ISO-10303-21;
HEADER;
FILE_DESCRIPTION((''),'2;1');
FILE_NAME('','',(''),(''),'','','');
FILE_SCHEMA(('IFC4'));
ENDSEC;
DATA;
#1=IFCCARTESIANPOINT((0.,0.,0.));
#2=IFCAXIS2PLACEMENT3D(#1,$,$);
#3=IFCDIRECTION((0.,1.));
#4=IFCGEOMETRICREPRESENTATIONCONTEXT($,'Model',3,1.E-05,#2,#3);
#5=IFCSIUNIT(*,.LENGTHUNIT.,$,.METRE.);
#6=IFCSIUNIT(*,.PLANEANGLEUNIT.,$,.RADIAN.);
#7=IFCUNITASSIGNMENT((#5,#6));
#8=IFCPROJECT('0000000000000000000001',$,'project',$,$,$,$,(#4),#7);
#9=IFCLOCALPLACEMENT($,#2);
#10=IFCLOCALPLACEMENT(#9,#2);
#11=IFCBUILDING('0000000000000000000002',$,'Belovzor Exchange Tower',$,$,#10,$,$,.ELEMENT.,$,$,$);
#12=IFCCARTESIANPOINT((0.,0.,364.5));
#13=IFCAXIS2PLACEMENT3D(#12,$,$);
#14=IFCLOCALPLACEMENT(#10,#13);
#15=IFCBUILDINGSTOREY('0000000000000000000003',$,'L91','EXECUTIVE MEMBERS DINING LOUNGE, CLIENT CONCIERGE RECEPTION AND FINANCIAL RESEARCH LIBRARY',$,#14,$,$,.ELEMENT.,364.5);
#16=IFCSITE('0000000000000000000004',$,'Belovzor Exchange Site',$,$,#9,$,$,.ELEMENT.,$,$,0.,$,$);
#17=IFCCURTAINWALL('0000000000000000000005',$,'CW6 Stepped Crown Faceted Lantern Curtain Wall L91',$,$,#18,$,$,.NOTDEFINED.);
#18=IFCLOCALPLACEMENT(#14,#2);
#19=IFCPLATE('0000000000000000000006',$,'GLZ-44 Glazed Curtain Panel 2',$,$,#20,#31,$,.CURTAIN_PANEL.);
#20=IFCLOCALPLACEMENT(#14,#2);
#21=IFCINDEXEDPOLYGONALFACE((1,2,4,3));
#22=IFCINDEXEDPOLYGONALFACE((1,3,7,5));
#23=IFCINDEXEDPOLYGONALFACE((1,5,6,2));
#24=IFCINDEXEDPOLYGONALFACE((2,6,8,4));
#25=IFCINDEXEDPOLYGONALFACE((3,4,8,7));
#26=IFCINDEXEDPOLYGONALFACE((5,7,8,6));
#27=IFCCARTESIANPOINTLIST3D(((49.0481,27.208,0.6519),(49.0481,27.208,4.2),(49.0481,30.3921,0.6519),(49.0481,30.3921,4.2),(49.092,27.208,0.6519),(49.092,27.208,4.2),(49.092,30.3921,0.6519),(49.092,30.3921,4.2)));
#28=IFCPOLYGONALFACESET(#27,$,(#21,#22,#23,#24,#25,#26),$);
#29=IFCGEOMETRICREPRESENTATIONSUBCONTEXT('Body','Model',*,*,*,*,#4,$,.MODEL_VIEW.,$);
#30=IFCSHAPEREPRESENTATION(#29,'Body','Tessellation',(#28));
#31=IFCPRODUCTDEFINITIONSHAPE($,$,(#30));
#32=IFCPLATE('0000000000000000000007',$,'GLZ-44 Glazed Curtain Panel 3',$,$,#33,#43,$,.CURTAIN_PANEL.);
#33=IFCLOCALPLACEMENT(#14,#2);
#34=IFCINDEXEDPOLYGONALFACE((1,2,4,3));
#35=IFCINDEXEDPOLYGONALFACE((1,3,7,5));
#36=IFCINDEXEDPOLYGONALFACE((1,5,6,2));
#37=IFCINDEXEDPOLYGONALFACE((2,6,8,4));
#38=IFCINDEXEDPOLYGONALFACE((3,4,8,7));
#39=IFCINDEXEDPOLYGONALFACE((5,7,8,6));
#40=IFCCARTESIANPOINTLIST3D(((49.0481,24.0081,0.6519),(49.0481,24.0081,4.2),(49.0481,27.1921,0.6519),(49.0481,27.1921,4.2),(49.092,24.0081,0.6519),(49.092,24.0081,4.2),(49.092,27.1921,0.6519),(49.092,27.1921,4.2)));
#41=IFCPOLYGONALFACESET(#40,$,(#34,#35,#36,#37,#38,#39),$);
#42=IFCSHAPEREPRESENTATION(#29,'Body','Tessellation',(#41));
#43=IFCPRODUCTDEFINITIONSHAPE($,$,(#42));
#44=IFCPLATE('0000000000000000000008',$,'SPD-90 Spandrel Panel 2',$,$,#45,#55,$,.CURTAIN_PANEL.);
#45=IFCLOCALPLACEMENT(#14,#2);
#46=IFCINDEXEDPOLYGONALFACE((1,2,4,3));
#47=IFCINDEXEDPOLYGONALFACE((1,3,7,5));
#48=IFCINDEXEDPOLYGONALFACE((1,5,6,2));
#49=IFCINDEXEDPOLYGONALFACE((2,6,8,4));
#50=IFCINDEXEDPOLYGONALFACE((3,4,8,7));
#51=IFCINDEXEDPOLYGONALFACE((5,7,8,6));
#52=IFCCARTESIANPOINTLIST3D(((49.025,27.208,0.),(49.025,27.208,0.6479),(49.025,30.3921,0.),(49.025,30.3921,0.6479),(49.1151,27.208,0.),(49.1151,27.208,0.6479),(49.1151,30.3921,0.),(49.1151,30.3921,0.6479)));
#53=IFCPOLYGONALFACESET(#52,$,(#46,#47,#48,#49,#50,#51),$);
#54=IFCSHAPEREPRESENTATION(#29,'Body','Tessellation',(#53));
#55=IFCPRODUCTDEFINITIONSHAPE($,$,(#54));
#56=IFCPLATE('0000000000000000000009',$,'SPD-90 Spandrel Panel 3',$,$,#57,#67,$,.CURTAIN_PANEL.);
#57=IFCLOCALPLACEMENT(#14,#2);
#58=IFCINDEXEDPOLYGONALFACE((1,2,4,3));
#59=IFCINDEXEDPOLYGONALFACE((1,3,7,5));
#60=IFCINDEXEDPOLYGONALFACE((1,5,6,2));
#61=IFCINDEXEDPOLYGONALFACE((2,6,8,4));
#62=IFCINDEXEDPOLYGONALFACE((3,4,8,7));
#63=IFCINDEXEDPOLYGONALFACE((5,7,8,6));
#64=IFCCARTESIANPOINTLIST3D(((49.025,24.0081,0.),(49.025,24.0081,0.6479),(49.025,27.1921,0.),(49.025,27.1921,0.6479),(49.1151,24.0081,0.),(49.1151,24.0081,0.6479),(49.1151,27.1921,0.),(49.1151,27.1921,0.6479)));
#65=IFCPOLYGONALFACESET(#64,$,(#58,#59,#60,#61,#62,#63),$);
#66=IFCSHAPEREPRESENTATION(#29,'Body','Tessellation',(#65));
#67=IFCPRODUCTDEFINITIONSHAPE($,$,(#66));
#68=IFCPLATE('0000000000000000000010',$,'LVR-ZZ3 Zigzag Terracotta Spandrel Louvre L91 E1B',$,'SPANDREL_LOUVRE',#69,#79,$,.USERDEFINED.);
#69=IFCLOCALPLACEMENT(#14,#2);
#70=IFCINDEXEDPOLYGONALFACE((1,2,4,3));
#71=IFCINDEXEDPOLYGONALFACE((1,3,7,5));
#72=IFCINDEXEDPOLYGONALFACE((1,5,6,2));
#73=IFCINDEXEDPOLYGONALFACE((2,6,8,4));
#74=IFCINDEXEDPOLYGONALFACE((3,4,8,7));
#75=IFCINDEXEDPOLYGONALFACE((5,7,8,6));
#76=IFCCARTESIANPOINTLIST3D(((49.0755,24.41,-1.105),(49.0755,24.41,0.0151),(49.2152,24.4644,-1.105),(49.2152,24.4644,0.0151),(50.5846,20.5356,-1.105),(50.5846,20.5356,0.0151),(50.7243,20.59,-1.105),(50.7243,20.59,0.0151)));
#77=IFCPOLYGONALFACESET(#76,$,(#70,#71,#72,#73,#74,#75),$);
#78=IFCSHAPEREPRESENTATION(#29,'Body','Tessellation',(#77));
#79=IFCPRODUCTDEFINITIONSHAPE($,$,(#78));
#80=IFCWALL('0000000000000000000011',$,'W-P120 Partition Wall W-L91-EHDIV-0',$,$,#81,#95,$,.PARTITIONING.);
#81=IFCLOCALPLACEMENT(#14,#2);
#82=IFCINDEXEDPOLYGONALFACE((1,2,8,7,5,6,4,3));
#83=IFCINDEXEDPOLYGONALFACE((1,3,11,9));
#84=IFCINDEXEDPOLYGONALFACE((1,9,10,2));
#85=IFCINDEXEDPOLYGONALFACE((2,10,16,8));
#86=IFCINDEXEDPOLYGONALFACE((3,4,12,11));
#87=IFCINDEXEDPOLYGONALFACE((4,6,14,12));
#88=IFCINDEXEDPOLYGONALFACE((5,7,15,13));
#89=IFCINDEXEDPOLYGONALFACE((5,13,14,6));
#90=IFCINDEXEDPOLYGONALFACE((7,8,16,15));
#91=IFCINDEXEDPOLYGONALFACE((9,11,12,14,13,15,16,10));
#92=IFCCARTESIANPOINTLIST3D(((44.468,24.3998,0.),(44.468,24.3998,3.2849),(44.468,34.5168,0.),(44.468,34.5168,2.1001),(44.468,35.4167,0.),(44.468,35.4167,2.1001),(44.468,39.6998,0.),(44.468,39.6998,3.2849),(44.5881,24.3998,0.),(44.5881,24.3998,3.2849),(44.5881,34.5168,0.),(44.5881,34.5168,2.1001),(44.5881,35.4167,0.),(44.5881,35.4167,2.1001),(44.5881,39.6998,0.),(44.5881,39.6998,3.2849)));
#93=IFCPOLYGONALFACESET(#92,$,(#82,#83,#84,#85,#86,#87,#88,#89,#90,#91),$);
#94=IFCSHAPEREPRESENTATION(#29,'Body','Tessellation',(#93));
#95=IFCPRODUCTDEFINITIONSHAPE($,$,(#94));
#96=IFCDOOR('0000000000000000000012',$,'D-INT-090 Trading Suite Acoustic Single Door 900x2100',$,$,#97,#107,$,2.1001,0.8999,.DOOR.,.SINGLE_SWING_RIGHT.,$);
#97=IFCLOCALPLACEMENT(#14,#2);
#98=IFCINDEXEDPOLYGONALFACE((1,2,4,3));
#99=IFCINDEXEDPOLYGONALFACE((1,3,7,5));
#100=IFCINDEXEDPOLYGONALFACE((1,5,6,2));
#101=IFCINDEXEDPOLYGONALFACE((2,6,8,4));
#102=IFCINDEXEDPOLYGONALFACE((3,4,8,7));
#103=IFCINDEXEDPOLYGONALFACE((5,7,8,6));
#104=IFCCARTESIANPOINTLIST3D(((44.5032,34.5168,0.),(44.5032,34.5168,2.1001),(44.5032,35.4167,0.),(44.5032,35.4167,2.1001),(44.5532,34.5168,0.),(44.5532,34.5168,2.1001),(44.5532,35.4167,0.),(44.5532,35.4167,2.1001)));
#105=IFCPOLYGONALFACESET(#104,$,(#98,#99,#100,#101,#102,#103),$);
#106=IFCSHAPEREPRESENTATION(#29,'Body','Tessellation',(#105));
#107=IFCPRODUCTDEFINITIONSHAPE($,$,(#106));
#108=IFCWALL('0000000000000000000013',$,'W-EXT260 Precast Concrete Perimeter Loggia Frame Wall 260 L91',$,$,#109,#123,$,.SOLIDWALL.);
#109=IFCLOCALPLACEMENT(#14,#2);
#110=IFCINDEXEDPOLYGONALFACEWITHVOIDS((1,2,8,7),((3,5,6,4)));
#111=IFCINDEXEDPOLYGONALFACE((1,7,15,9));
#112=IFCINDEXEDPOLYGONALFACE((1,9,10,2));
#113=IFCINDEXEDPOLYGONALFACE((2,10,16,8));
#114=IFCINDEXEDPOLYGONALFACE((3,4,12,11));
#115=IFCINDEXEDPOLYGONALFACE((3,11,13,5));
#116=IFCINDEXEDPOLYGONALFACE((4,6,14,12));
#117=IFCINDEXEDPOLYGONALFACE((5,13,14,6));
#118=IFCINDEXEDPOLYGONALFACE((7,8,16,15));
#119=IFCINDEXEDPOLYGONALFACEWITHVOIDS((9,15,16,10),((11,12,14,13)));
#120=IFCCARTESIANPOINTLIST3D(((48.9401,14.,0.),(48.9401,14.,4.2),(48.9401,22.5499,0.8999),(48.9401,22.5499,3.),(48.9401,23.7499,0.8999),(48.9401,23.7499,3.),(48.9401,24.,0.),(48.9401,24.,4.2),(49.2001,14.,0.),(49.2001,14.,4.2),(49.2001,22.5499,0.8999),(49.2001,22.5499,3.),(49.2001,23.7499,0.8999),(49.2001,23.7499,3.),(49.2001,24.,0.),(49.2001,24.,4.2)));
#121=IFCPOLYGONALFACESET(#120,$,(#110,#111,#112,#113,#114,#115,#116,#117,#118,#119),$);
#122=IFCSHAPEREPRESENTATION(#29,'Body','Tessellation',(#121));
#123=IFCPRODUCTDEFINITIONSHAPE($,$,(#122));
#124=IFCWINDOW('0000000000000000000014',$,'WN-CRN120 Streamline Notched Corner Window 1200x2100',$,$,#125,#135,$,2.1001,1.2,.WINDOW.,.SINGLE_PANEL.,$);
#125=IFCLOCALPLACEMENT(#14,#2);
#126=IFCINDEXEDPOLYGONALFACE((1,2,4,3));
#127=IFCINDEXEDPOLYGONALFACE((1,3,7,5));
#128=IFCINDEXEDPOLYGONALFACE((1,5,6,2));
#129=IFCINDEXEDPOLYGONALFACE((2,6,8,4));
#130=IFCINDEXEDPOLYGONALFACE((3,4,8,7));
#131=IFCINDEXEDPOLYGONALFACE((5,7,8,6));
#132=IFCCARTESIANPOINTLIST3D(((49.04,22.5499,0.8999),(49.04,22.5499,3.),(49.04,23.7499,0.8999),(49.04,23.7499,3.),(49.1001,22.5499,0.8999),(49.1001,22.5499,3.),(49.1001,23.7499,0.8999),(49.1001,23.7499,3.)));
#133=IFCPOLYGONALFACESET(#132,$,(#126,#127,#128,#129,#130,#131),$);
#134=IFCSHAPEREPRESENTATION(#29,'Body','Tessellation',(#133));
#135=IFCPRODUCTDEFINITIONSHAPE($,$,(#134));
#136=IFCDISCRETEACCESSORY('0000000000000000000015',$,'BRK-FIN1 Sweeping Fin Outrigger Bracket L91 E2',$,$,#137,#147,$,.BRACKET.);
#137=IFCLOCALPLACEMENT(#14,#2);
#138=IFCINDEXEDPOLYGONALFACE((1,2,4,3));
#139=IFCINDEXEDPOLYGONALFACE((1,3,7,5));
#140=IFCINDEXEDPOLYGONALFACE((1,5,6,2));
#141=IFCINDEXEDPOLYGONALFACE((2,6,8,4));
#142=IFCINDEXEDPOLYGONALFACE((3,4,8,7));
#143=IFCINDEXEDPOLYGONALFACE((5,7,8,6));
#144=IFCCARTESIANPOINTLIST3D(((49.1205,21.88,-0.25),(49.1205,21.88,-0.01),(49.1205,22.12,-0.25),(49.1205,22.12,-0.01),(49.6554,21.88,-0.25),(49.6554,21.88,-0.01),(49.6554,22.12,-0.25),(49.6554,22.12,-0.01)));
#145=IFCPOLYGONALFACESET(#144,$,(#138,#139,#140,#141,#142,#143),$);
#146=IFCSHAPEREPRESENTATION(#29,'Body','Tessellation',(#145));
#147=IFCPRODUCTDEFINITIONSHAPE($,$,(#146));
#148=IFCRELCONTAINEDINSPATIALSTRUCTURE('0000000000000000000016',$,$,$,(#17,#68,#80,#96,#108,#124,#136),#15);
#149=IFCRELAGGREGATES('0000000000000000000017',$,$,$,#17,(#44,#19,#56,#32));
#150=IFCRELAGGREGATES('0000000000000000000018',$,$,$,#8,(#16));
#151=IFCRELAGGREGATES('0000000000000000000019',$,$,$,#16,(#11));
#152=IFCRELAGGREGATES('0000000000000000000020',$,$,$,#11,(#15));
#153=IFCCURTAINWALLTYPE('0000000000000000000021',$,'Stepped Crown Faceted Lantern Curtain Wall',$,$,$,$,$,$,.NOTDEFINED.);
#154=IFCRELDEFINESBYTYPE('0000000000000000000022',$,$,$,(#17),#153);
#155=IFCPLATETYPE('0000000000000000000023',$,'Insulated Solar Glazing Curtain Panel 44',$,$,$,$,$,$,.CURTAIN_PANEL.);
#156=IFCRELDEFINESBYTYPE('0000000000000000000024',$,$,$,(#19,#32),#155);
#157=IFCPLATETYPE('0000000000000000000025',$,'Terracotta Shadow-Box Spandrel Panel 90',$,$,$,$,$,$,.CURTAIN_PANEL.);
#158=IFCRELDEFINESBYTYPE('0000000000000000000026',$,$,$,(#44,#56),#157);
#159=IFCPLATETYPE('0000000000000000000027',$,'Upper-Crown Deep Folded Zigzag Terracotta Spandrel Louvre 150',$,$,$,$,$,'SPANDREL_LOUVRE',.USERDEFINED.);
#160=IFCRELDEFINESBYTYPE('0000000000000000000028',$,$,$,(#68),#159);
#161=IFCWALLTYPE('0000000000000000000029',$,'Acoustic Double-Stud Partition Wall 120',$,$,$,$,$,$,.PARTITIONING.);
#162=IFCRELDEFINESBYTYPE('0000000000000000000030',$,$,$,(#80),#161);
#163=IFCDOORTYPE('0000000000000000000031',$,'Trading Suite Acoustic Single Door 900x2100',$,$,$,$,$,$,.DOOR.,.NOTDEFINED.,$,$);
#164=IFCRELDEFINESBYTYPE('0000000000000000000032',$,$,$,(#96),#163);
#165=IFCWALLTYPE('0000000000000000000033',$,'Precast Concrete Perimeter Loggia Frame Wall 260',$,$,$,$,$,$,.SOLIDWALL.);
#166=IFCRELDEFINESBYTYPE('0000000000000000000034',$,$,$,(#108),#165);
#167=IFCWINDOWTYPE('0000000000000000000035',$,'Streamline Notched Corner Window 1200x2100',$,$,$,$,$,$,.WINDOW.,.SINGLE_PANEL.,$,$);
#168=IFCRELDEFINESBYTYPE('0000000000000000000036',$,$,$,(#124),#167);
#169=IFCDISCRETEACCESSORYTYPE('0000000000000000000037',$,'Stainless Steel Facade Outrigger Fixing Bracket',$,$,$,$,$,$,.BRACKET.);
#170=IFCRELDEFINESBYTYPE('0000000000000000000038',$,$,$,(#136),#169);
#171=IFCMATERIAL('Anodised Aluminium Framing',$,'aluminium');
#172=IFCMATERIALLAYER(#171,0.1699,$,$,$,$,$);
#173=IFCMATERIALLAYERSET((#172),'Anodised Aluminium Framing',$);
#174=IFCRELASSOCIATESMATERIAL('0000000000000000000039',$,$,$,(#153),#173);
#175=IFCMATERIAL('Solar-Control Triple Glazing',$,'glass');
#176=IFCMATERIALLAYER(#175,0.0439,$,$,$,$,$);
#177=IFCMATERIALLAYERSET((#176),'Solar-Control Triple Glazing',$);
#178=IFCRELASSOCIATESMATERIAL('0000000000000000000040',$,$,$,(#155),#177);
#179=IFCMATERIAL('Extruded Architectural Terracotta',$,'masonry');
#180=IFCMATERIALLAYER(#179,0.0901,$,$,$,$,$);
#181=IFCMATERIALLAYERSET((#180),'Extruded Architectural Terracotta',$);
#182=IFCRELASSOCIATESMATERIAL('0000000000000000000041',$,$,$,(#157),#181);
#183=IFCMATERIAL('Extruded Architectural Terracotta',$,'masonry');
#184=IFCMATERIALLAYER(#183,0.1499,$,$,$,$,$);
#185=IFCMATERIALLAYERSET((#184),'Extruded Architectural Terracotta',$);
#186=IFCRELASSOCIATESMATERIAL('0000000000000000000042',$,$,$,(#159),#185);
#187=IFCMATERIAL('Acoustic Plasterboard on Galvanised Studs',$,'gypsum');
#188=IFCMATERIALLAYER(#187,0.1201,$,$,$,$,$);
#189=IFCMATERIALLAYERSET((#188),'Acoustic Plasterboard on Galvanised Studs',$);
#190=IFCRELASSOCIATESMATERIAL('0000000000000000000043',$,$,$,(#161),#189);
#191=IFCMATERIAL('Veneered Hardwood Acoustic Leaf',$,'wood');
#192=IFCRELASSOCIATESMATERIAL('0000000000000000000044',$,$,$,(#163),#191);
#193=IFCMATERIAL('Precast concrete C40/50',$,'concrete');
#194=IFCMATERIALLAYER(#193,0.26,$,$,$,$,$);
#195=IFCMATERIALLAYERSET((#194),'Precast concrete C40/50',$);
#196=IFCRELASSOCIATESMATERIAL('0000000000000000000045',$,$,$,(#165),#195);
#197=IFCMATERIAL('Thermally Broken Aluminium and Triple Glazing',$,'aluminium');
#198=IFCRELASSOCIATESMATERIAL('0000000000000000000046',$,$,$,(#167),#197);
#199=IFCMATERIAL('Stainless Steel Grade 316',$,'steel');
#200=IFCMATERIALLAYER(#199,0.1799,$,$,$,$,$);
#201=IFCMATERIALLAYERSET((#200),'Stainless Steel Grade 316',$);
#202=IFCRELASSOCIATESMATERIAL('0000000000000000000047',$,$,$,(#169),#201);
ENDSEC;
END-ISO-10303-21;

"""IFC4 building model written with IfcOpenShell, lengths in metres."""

from ifc_helpers import new_model, si_unit, direction, frame, frame_2d, origin, origin_2d, place, context, subcontext, project, spatial, rectangle, extrude, material, layer, layer_set, type_object, element, fill, aggregate, save


model = new_model("IFC4")

# Units and contexts
model_context = context("Model", 3, precision=1e-05, world=origin(), true_north=direction((0.0, 1.0)))
body_context = subcontext(model_context, "Body", "Model", "MODEL_VIEW")
ifc_project = project(units=[si_unit("LENGTHUNIT", "METRE"), si_unit("PLANEANGLEUNIT", "RADIAN")], contexts=[model_context])

# Site, building, storey
site_placement = place(None, origin())
site = spatial("IfcSite", under=ifc_project, at=site_placement, Name="Belovzor Exchange Site", CompositionType="ELEMENT", RefElevation=0.0)
building_placement = place(site_placement, origin())
building = spatial("IfcBuilding", under=site, at=building_placement, Name="Belovzor Exchange Tower", CompositionType="ELEMENT")
storey_placement = place(building_placement, frame((0.0, 0.0, 364.5)))
storey = spatial("IfcBuildingStorey", under=building, at=storey_placement, Name="L91", Description="EXECUTIVE MEMBERS DINING LOUNGE, CLIENT CONCIERGE RECEPTION AND FINANCIAL RESEARCH LIBRARY", CompositionType="ELEMENT", Elevation=364.5)

# Curtain wall
ifc_material_1 = material(Name="Anodised Aluminium Framing", Category="aluminium")
ifc_layer_1 = layer(ifc_material_1, 0.1699)
ifc_layer_set_1 = layer_set([ifc_layer_1], Name="Anodised Aluminium Framing")
curtain_wall_type = type_object("IfcCurtainWallType", Name="Stepped Crown Faceted Lantern Curtain Wall", PredefinedType="NOTDEFINED", material=ifc_layer_set_1)
curtain_wall_placement = place(storey_placement, origin())
curtain_wall = element("IfcCurtainWall", 1, at=curtain_wall_placement, inside=storey, type_object=curtain_wall_type, Name="CW6 Stepped Crown Faceted Lantern Curtain Wall L91", PredefinedType="NOTDEFINED")

# Plates
ifc_material_2 = material(Name="Solar-Control Triple Glazing", Category="glass")
ifc_layer_2 = layer(ifc_material_2, 0.0439)
ifc_layer_set_2 = layer_set([ifc_layer_2], Name="Solar-Control Triple Glazing")
plate_type_1 = type_object("IfcPlateType", Name="Insulated Solar Glazing Curtain Panel 44", PredefinedType="CURTAIN_PANEL", material=ifc_layer_set_2)
plate_1_placement = place(storey_placement, frame((49.0701, 28.8, 0.6519), z_axis=(0.0, 0.0, 1.0), x_axis=(0.0, -1.0, 0.0)))
plate_1 = element("IfcPlate", 2, at=plate_1_placement, type_object=plate_type_1, Name="GLZ-44 Glazed Curtain Panel 2", PredefinedType="CURTAIN_PANEL", context=body_context, shape_type="SweptSolid", body=[
    extrude(rectangle(XDim=3.1841, YDim=0.0439, at=origin_2d()), origin(), (0.0, 0.0, 1.0), 3.5481),
])
plate_2_placement = place(storey_placement, frame((49.0701, 25.6001, 0.6519), z_axis=(0.0, 0.0, 1.0), x_axis=(0.0, -1.0, 0.0)))
plate_2 = element("IfcPlate", 3, at=plate_2_placement, type_object=plate_type_1, Name="GLZ-44 Glazed Curtain Panel 3", PredefinedType="CURTAIN_PANEL", context=body_context, shape_type="SweptSolid", body=[
    extrude(rectangle(XDim=3.1841, YDim=0.0439, at=origin_2d()), origin(), (0.0, 0.0, 1.0), 3.5481),
])
ifc_material_3 = material(Name="Extruded Architectural Terracotta", Category="masonry")
ifc_layer_3 = layer(ifc_material_3, 0.0901)
ifc_layer_set_3 = layer_set([ifc_layer_3], Name="Extruded Architectural Terracotta")
plate_type_2 = type_object("IfcPlateType", Name="Terracotta Shadow-Box Spandrel Panel 90", PredefinedType="CURTAIN_PANEL", material=ifc_layer_set_3)
plate_3_placement = place(storey_placement, frame((49.0701, 28.8, 0.0), z_axis=(0.0, 0.0, 1.0), x_axis=(0.0, -1.0, 0.0)))
plate_3 = element("IfcPlate", 4, at=plate_3_placement, type_object=plate_type_2, Name="SPD-90 Spandrel Panel 2", PredefinedType="CURTAIN_PANEL", context=body_context, shape_type="SweptSolid", body=[
    extrude(rectangle(XDim=3.1841, YDim=0.0901, at=origin_2d()), origin(), (0.0, 0.0, 1.0), 0.6479),
])
plate_4_placement = place(storey_placement, frame((49.0701, 25.6001, 0.0), z_axis=(0.0, 0.0, 1.0), x_axis=(0.0, -1.0, 0.0)))
plate_4 = element("IfcPlate", 5, at=plate_4_placement, type_object=plate_type_2, Name="SPD-90 Spandrel Panel 3", PredefinedType="CURTAIN_PANEL", context=body_context, shape_type="SweptSolid", body=[
    extrude(rectangle(XDim=3.1841, YDim=0.0901, at=origin_2d()), origin(), (0.0, 0.0, 1.0), 0.6479),
])
aggregate(curtain_wall, [plate_3, plate_1, plate_4, plate_2])
ifc_material_4 = material(Name="Extruded Architectural Terracotta", Category="masonry")
ifc_layer_4 = layer(ifc_material_4, 0.1499)
ifc_layer_set_4 = layer_set([ifc_layer_4], Name="Extruded Architectural Terracotta")
plate_type_3 = type_object("IfcPlateType", Name="Upper-Crown Deep Folded Zigzag Terracotta Spandrel Louvre 150", ElementType="SPANDREL_LOUVRE", PredefinedType="USERDEFINED", material=ifc_layer_set_4)
plate_5_placement = place(storey_placement, frame((49.8999, 22.5, -1.105), z_axis=(0.0, 0.0, 1.0), x_axis=(-0.362926, 0.931818, 0.0)))
element("IfcPlate", 6, at=plate_5_placement, inside=storey, type_object=plate_type_3, Name="LVR-ZZ3 Zigzag Terracotta Spandrel Louvre L91 E1B", ObjectType="SPANDREL_LOUVRE", PredefinedType="USERDEFINED", context=body_context, shape_type="SweptSolid", body=[
    extrude(rectangle(XDim=4.158, YDim=0.1499, at=origin_2d()), origin(), (0.0, 0.0, 1.0), 1.1201),
])

# Wall, opening, door
ifc_material_5 = material(Name="Acoustic Plasterboard on Galvanised Studs", Category="gypsum")
ifc_layer_5 = layer(ifc_material_5, 0.1201)
ifc_layer_set_5 = layer_set([ifc_layer_5], Name="Acoustic Plasterboard on Galvanised Studs")
wall_type_1 = type_object("IfcWallType", Name="Acoustic Double-Stud Partition Wall 120", PredefinedType="PARTITIONING", material=ifc_layer_set_5)
wall_1_placement = place(storey_placement, frame((44.5281, 24.3999, 0.0), z_axis=(0.0, 0.0, 1.0), x_axis=(0.0, 1.0, 0.0)))
wall_1 = element("IfcWall", 7, at=wall_1_placement, inside=storey, type_object=wall_type_1, Name="W-P120 Partition Wall W-L91-EHDIV-0", PredefinedType="PARTITIONING", context=body_context, shape_type="SweptSolid", body=[
    extrude(rectangle(XDim=15.3, YDim=0.1201, at=frame_2d((7.6499, 0.0))), origin(), (0.0, 0.0, 1.0), 3.2849),
])
opening_1_placement = place(wall_1_placement, frame((10.1169, 0.0, 0.0)))
opening_1 = element("IfcOpeningElement", 8, at=opening_1_placement, cuts=wall_1, PredefinedType="OPENING", context=body_context, shape_type="SweptSolid", body=[
    extrude(rectangle(XDim=0.8999, YDim=2.1001, at=frame_2d((0.45, 1.05))), frame((0.0, 0.0701, 0.0), z_axis=(0.0, -1.0, 0.0), x_axis=(1.0, 0.0, 0.0)), (0.0, 0.0, 1.0), 0.1401),
])
ifc_material_6 = material(Name="Veneered Hardwood Acoustic Leaf", Category="wood")
door_type = type_object("IfcDoorType", Name="Trading Suite Acoustic Single Door 900x2100", OperationType="NOTDEFINED", PredefinedType="DOOR", material=ifc_material_6)
door_placement = place(opening_1_placement, origin())
door = element("IfcDoor", 9, at=door_placement, inside=storey, type_object=door_type, Name="D-INT-090 Trading Suite Acoustic Single Door 900x2100", OperationType="SINGLE_SWING_RIGHT", OverallHeight=2.1001, OverallWidth=0.8999, PredefinedType="DOOR", context=body_context, shape_type="SweptSolid", body=[
    extrude(rectangle(XDim=0.8999, YDim=2.1001, at=frame_2d((0.45, 1.05))), frame((0.0, 0.0249, 0.0), z_axis=(0.0, -1.0, 0.0), x_axis=(1.0, 0.0, 0.0)), (0.0, 0.0, 1.0), 0.05),
])
fill(opening_1, door)

# Wall, opening, window
ifc_material_7 = material(Name="Precast concrete C40/50", Category="concrete")
ifc_layer_6 = layer(ifc_material_7, 0.26)
ifc_layer_set_6 = layer_set([ifc_layer_6], Name="Precast concrete C40/50")
wall_type_2 = type_object("IfcWallType", Name="Precast Concrete Perimeter Loggia Frame Wall 260", PredefinedType="SOLIDWALL", material=ifc_layer_set_6)
wall_2_placement = place(storey_placement, frame((49.0701, 24.0, 0.0), z_axis=(0.0, 0.0, 1.0), x_axis=(0.0, -1.0, 0.0)))
wall_2 = element("IfcWall", 10, at=wall_2_placement, inside=storey, type_object=wall_type_2, Name="W-EXT260 Precast Concrete Perimeter Loggia Frame Wall 260 L91", PredefinedType="SOLIDWALL", context=body_context, shape_type="SweptSolid", body=[
    extrude(rectangle(XDim=10.0, YDim=0.26, at=frame_2d((5.0, 0.0))), origin(), (0.0, 0.0, 1.0), 4.2),
])
opening_2_placement = place(wall_2_placement, frame((0.25, 0.0, 0.8999)))
opening_2 = element("IfcOpeningElement", 11, at=opening_2_placement, cuts=wall_2, PredefinedType="OPENING", context=body_context, shape_type="SweptSolid", body=[
    extrude(rectangle(XDim=1.2, YDim=2.1001, at=frame_2d((0.6001, 1.05))), frame((0.0, 0.1399, 0.0), z_axis=(0.0, -1.0, 0.0), x_axis=(1.0, 0.0, 0.0)), (0.0, 0.0, 1.0), 0.28),
])
ifc_material_8 = material(Name="Thermally Broken Aluminium and Triple Glazing", Category="aluminium")
window_type = type_object("IfcWindowType", Name="Streamline Notched Corner Window 1200x2100", PartitioningType="SINGLE_PANEL", PredefinedType="WINDOW", material=ifc_material_8)
window_placement = place(opening_2_placement, origin())
window = element("IfcWindow", 12, at=window_placement, inside=storey, type_object=window_type, Name="WN-CRN120 Streamline Notched Corner Window 1200x2100", OverallHeight=2.1001, OverallWidth=1.2, PartitioningType="SINGLE_PANEL", PredefinedType="WINDOW", context=body_context, shape_type="SweptSolid", body=[
    extrude(rectangle(XDim=1.2, YDim=2.1001, at=frame_2d((0.6001, 1.05))), frame((0.0, 0.03, 0.0), z_axis=(0.0, -1.0, 0.0), x_axis=(1.0, 0.0, 0.0)), (0.0, 0.0, 1.0), 0.0601),
])
fill(opening_2, window)

# Discrete accessory
ifc_material_9 = material(Name="Stainless Steel Grade 316", Category="steel")
ifc_layer_7 = layer(ifc_material_9, 0.1799)
ifc_layer_set_7 = layer_set([ifc_layer_7], Name="Stainless Steel Grade 316")
discrete_accessory_type = type_object("IfcDiscreteAccessoryType", Name="Stainless Steel Facade Outrigger Fixing Bracket", PredefinedType="BRACKET", material=ifc_layer_set_7)
discrete_accessory_placement = place(storey_placement, frame((49.3879, 22.0, -0.25), z_axis=(0.0, 0.0, 1.0), x_axis=(1.0, 0.0, 0.0)))
element("IfcDiscreteAccessory", 13, at=discrete_accessory_placement, inside=storey, type_object=discrete_accessory_type, Name="BRK-FIN1 Sweeping Fin Outrigger Bracket L91 E2", PredefinedType="BRACKET", context=body_context, shape_type="SweptSolid", body=[
    extrude(rectangle(XDim=0.5349, YDim=0.24, at=origin_2d()), origin(), (0.0, 0.0, 1.0), 0.24),
])

save(model, "model.ifc")
